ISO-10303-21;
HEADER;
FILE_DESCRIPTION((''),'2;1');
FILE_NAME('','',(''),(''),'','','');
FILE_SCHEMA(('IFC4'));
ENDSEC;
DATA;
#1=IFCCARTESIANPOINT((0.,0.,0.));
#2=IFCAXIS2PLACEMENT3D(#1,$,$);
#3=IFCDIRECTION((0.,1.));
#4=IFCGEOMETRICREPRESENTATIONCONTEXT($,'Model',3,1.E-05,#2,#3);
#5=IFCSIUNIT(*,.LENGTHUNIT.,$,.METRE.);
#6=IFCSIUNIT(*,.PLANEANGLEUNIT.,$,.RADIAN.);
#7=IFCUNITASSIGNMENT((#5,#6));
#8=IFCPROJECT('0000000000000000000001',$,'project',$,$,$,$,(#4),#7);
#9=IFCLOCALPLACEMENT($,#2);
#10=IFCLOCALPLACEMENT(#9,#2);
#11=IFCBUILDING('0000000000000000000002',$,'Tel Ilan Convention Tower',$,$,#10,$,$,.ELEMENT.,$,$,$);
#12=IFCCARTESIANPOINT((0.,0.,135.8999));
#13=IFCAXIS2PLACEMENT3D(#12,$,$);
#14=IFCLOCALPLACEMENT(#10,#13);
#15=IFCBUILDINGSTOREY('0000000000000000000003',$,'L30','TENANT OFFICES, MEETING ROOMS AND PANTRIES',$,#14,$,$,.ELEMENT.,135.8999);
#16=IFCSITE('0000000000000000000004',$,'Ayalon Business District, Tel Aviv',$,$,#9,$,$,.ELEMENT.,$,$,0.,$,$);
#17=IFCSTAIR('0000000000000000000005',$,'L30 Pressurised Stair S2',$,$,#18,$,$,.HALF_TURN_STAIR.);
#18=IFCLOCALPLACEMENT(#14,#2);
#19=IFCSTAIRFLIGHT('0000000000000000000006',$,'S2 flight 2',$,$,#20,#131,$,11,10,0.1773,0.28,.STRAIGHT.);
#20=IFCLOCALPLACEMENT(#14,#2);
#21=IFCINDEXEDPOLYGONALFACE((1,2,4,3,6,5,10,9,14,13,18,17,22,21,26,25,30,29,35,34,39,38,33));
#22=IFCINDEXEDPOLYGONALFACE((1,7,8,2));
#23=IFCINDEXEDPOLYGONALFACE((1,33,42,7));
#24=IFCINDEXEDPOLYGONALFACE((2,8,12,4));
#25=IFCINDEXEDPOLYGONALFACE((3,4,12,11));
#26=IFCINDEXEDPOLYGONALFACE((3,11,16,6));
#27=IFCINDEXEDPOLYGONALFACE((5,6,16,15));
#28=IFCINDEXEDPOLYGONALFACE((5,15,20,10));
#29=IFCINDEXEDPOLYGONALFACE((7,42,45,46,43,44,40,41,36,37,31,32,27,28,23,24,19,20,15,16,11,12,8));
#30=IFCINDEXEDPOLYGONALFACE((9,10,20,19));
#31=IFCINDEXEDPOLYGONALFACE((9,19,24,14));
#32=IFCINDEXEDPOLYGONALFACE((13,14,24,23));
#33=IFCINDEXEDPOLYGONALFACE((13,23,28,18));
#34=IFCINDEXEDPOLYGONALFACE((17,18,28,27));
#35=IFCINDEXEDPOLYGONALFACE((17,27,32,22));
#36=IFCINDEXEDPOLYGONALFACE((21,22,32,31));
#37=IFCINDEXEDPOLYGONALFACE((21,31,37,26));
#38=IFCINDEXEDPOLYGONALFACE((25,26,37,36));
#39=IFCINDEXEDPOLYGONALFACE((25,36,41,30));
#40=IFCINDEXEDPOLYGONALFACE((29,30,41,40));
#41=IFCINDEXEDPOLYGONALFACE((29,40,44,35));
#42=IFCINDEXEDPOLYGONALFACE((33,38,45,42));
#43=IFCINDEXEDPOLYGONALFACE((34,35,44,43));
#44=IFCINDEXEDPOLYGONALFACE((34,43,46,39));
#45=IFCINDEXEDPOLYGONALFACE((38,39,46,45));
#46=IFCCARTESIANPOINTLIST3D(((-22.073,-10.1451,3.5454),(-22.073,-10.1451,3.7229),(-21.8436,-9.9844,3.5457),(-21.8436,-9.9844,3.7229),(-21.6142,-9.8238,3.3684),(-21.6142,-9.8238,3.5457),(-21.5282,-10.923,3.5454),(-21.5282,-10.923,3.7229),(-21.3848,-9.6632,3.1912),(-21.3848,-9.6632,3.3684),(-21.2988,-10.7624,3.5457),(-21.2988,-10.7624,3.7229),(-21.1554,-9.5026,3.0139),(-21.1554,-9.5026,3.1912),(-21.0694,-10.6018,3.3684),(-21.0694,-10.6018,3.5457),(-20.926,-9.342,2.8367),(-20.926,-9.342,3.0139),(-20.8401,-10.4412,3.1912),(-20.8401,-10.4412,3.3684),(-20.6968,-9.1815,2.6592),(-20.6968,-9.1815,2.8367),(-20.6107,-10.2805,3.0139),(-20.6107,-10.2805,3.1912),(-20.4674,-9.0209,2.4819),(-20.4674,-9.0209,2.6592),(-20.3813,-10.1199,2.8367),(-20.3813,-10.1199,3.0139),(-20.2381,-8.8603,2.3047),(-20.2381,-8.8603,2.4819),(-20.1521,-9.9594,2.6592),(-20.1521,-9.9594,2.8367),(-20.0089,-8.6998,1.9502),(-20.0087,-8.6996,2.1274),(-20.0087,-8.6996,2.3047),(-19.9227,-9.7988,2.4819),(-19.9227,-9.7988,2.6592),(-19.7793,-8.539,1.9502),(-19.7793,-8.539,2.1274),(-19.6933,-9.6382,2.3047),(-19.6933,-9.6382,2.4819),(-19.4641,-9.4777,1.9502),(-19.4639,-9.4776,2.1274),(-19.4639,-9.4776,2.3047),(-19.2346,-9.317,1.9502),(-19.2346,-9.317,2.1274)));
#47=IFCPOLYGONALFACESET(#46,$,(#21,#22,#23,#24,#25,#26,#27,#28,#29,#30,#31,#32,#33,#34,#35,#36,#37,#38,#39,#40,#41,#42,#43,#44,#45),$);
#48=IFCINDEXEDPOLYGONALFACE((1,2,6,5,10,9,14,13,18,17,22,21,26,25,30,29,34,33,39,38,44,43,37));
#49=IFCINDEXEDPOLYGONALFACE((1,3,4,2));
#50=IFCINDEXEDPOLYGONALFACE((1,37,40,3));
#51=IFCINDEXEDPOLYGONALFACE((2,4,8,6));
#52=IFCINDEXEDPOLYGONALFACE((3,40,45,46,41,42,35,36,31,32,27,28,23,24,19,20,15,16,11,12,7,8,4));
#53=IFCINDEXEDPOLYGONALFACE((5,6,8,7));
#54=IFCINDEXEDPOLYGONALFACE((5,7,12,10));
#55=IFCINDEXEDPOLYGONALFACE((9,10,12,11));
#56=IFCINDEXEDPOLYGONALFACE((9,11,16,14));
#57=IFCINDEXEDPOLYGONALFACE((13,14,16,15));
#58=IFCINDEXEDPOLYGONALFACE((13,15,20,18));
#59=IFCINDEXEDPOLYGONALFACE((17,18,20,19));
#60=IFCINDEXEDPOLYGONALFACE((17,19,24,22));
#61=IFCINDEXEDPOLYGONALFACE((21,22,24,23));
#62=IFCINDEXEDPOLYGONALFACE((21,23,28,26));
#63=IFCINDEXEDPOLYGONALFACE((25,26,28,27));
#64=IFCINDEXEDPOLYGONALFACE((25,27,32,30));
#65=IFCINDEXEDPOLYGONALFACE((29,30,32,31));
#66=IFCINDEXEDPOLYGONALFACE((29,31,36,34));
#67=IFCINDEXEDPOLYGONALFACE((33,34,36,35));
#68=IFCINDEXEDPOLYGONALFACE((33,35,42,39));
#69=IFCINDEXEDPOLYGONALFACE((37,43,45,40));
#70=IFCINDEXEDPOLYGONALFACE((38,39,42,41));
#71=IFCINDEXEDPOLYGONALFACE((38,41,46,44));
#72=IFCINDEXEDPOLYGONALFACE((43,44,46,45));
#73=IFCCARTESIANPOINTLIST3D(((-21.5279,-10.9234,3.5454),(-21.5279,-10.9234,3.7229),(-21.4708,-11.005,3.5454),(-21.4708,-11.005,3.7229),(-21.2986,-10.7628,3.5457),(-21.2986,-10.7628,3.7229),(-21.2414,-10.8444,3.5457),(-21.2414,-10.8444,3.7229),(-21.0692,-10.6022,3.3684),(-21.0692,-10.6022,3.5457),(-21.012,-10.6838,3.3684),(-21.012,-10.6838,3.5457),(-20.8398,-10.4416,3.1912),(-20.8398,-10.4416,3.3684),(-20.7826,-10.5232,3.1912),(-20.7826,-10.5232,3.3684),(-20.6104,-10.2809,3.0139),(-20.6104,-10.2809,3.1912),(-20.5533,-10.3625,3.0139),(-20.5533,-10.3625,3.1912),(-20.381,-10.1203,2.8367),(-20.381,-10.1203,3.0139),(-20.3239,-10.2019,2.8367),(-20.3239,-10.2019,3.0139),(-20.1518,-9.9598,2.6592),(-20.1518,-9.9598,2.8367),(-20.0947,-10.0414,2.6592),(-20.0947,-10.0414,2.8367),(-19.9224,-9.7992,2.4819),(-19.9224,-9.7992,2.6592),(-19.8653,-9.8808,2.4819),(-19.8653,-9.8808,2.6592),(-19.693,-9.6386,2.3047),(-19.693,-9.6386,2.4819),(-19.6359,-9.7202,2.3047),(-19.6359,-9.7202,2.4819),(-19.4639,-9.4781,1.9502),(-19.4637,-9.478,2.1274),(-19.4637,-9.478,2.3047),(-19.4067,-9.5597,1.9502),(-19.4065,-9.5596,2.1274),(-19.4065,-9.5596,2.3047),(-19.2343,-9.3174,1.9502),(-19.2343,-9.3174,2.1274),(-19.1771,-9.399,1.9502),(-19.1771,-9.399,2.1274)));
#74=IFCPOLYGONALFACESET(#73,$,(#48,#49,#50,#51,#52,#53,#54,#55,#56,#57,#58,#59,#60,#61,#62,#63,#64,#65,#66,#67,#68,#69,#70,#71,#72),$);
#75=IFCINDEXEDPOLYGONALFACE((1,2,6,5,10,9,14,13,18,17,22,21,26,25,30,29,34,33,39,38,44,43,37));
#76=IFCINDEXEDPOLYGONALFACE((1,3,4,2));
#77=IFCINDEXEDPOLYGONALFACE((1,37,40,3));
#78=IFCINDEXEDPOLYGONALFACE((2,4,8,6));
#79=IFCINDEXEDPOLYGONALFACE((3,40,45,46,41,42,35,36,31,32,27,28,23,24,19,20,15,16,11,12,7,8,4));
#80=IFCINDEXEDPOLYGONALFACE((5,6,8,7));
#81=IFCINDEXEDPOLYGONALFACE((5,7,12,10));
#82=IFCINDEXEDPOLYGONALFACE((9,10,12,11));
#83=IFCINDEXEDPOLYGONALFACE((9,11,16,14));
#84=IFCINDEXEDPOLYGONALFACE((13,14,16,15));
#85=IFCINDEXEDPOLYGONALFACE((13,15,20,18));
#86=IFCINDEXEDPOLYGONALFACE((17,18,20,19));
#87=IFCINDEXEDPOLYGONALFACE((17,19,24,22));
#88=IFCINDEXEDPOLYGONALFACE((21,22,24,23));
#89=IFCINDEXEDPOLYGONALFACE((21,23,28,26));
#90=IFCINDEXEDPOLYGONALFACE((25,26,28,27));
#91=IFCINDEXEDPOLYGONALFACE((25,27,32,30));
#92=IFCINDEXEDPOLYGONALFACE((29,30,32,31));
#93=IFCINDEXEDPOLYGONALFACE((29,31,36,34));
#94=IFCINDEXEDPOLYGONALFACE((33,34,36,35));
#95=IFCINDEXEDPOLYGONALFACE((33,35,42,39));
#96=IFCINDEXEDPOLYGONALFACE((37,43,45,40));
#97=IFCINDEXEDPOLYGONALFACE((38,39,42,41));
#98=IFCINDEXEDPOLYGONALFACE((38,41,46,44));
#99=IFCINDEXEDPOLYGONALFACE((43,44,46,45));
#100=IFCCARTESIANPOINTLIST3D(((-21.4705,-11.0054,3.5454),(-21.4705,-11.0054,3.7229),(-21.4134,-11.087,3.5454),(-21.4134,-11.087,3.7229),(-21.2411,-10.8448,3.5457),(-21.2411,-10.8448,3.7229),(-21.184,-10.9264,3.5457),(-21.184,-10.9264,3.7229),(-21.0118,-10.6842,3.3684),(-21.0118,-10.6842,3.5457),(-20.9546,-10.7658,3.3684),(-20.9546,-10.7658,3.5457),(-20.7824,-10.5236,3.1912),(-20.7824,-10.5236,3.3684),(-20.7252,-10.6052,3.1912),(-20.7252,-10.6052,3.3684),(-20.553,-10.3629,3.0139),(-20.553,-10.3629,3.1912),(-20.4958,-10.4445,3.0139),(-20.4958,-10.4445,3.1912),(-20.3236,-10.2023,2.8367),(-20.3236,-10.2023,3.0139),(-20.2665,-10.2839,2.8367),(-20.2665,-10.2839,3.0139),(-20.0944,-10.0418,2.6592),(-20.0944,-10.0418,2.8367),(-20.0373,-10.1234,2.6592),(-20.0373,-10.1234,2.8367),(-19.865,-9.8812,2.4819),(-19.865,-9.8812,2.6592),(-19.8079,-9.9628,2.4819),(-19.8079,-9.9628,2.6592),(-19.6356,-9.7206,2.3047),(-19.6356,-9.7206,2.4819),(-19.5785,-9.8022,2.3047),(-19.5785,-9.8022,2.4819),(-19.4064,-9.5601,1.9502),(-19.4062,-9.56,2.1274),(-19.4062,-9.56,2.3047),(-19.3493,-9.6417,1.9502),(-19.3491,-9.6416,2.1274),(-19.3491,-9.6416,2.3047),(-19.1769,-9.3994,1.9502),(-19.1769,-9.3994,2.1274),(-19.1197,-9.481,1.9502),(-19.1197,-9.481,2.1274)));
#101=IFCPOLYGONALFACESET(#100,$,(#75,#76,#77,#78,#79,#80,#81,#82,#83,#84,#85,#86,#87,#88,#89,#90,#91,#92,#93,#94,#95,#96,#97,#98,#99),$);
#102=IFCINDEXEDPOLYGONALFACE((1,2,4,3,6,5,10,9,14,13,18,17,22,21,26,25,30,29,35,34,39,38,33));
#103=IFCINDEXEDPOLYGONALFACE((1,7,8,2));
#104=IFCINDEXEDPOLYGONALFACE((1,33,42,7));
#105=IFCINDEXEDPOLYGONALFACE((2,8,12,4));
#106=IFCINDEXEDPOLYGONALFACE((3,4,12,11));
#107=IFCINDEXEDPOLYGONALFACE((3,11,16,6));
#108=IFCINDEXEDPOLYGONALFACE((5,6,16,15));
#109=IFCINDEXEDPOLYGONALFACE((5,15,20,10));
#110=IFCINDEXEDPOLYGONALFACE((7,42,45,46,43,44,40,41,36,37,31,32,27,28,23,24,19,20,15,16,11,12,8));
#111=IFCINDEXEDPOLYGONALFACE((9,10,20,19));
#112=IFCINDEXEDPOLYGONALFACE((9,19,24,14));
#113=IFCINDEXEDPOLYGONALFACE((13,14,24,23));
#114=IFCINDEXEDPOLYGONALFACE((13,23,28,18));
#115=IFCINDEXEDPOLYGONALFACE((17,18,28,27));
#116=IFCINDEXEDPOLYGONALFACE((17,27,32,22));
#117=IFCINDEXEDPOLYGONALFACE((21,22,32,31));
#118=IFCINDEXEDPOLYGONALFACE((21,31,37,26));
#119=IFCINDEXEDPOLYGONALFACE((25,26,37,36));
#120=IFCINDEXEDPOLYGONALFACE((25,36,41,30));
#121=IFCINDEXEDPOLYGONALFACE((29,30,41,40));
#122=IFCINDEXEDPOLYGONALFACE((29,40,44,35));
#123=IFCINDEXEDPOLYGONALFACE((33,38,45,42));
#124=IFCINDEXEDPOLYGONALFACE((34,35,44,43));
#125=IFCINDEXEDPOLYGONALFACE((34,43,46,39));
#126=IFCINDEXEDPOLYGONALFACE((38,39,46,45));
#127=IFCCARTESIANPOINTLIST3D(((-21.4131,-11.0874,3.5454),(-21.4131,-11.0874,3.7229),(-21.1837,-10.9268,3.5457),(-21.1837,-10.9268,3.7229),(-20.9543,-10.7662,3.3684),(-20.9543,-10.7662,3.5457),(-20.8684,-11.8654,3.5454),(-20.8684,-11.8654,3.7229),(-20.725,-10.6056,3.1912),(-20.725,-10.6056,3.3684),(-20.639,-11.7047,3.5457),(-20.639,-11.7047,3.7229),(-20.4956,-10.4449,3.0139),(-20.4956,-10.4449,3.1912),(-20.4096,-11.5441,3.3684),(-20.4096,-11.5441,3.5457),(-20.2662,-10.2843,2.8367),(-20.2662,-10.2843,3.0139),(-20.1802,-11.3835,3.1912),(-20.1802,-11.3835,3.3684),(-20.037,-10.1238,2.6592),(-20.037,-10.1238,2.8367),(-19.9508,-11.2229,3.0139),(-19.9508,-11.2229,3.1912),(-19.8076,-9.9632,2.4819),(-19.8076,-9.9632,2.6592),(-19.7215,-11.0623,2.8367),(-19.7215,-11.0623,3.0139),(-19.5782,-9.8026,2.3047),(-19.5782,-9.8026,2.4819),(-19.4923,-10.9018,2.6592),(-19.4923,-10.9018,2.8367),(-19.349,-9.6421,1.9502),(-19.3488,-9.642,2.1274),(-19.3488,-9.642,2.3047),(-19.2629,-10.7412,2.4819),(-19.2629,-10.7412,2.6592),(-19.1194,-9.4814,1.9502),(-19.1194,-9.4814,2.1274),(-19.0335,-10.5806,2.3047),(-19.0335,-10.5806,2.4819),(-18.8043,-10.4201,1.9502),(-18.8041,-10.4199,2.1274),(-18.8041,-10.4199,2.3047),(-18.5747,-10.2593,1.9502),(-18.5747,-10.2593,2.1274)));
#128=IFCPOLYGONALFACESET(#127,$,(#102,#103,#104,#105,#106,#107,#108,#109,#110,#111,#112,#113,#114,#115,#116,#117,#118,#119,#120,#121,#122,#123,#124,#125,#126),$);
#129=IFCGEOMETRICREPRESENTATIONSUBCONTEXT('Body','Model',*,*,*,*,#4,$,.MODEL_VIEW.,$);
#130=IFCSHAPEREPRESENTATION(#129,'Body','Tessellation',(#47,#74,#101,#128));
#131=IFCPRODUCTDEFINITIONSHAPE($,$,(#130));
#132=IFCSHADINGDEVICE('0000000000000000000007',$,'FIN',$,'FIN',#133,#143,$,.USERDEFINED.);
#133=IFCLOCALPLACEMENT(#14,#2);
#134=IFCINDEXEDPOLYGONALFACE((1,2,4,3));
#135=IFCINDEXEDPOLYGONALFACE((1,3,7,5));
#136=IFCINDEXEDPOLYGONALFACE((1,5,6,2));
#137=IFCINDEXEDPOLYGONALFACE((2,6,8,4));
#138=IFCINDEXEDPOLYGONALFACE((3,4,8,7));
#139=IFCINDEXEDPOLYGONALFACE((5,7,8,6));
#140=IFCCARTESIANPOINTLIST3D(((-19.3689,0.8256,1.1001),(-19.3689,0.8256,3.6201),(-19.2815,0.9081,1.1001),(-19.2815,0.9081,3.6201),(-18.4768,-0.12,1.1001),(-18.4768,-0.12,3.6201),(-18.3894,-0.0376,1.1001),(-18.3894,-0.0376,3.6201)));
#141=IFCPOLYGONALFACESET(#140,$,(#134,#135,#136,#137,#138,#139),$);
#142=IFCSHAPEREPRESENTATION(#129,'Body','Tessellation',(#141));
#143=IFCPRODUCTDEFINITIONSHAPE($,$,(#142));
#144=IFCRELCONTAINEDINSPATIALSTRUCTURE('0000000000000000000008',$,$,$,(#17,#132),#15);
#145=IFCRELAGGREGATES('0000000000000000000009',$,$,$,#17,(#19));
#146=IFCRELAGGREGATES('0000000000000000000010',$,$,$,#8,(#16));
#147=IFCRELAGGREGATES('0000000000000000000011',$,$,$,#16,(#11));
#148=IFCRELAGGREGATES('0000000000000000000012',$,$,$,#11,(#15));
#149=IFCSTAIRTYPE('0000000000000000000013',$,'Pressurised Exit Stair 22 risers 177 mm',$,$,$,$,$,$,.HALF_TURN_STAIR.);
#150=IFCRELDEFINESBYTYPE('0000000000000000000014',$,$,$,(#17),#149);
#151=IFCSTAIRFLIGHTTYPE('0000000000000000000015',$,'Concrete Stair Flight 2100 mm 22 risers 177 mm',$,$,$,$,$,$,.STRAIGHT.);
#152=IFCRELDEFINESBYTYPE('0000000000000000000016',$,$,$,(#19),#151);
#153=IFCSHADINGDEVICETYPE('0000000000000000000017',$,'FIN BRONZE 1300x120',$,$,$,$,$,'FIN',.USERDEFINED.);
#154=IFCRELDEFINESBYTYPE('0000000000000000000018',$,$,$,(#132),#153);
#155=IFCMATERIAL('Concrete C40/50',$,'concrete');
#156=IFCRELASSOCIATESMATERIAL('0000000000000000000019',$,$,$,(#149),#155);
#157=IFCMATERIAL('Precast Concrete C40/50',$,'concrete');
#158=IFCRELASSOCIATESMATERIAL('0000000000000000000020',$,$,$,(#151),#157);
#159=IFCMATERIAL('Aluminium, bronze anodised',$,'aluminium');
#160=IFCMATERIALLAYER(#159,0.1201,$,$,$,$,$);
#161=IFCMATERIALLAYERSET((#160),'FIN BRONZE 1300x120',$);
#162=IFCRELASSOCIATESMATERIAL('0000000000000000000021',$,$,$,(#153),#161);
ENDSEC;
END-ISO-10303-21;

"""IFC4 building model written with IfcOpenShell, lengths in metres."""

from ifc_helpers import new_model, si_unit, direction, frame, origin, origin_2d, place, context, subcontext, project, spatial, polyline, rectangle, outline, extrude, material, layer, layer_set, type_object, element, aggregate, save


model = new_model("IFC4")

# Units and contexts
model_context = context("Model", 3, precision=1e-05, world=origin(), true_north=direction((0.0, 1.0)))
body_context = subcontext(model_context, "Body", "Model", "MODEL_VIEW")
ifc_project = project(units=[si_unit("LENGTHUNIT", "METRE"), si_unit("PLANEANGLEUNIT", "RADIAN")], contexts=[model_context])

# Site, building, storey
site_placement = place(None, origin())
site = spatial("IfcSite", under=ifc_project, at=site_placement, Name="Ayalon Business District, Tel Aviv", CompositionType="ELEMENT", RefElevation=0.0)
building_placement = place(site_placement, origin())
building = spatial("IfcBuilding", under=site, at=building_placement, Name="Tel Ilan Convention Tower", CompositionType="ELEMENT")
storey_placement = place(building_placement, frame((0.0, 0.0, 135.8999)))
storey = spatial("IfcBuildingStorey", under=building, at=storey_placement, Name="L30", Description="TENANT OFFICES, MEETING ROOMS AND PANTRIES", CompositionType="ELEMENT", Elevation=135.8999)

# Stair, stair flight
ifc_material_1 = material(Name="Concrete C40/50", Category="concrete")
stair_type = type_object("IfcStairType", Name="Pressurised Exit Stair 22 risers 177 mm", PredefinedType="HALF_TURN_STAIR", material=ifc_material_1)
ifc_material_2 = material(Name="Precast Concrete C40/50", Category="concrete")
stair_flight_type = type_object("IfcStairFlightType", Name="Concrete Stair Flight 2100 mm 22 risers 177 mm", PredefinedType="STRAIGHT", material=ifc_material_2)
stair_1_placement = place(storey_placement, origin())
stair_1 = element("IfcStair", 1, at=stair_1_placement, inside=storey, type_object=stair_type, Name="L30 Pressurised Stair S2", PredefinedType="HALF_TURN_STAIR")
stair_flight_1_placement = place(storey_placement, frame((-19.177, -9.3992, 1.9502), z_axis=(0.0, 0.0, 1.0), x_axis=(-0.819152, -0.573576, 0.0)))
stair_flight_1 = element("IfcStairFlight", 2, at=stair_flight_1_placement, type_object=stair_flight_type, Name="S2 flight 2", NumberOfRisers=11, NumberOfTreads=10, PredefinedType="STRAIGHT", RiserHeight=0.1773, TreadLength=0.28, context=body_context, shape_type="SweptSolid", body=[
    extrude(outline(polyline([(0.0, 0.0), (0.0, 0.1772), (0.28, 0.1772), (0.28, 0.3545), (0.5601, 0.3545), (0.5601, 0.5317), (0.8401, 0.5317), (0.8401, 0.709), (1.1201, 0.709), (1.1201, 0.8865), (1.3999, 0.8865), (1.3999, 1.0637), (1.6799, 1.0637), (1.6799, 1.241), (1.96, 1.241), (1.96, 1.4182), (2.24, 1.4182), (2.24, 1.5955), (2.52, 1.5955), (2.52, 1.7727), (2.8, 1.7727), (2.8, 1.95), (2.8, 1.5952), (0.2803, 0.0), (0.0, 0.0)])), frame((0.0, -0.1003, 0.0), z_axis=(0.0, -1.0, 0.0), x_axis=(1.0, 0.0, 0.0)), (0.0, 0.0, 1.0), 0.9497),
    extrude(outline(polyline([(0.0, 0.0), (0.0, 0.1772), (0.28, 0.1772), (0.28, 0.3545), (0.5601, 0.3545), (0.5601, 0.5317), (0.8401, 0.5317), (0.8401, 0.709), (1.1201, 0.709), (1.1201, 0.8865), (1.3999, 0.8865), (1.3999, 1.0637), (1.6799, 1.0637), (1.6799, 1.241), (1.96, 1.241), (1.96, 1.4182), (2.24, 1.4182), (2.24, 1.5955), (2.52, 1.5955), (2.52, 1.7727), (2.8, 1.7727), (2.8, 1.95), (2.8, 1.5952), (0.2803, 0.0), (0.0, 0.0)])), frame((0.0, -0.0002, 0.0), z_axis=(0.0, -1.0, 0.0), x_axis=(1.0, 0.0, 0.0)), (0.0, 0.0, 1.0), 0.0996),
    extrude(outline(polyline([(0.0, 0.0), (0.0, 0.1772), (0.28, 0.1772), (0.28, 0.3545), (0.5601, 0.3545), (0.5601, 0.5317), (0.8401, 0.5317), (0.8401, 0.709), (1.1201, 0.709), (1.1201, 0.8865), (1.3999, 0.8865), (1.3999, 1.0637), (1.6799, 1.0637), (1.6799, 1.241), (1.96, 1.241), (1.96, 1.4182), (2.24, 1.4182), (2.24, 1.5955), (2.52, 1.5955), (2.52, 1.7727), (2.8, 1.7727), (2.8, 1.95), (2.8, 1.5952), (0.2803, 0.0), (0.0, 0.0)])), frame((0.0, 0.0999, 0.0), z_axis=(0.0, -1.0, 0.0), x_axis=(1.0, 0.0, 0.0)), (0.0, 0.0, 1.0), 0.0996),
    extrude(outline(polyline([(0.0, 0.0), (0.0, 0.1772), (0.28, 0.1772), (0.28, 0.3545), (0.5601, 0.3545), (0.5601, 0.5317), (0.8401, 0.5317), (0.8401, 0.709), (1.1201, 0.709), (1.1201, 0.8865), (1.3999, 0.8865), (1.3999, 1.0637), (1.6799, 1.0637), (1.6799, 1.241), (1.96, 1.241), (1.96, 1.4182), (2.24, 1.4182), (2.24, 1.5955), (2.52, 1.5955), (2.52, 1.7727), (2.8, 1.7727), (2.8, 1.95), (2.8, 1.5952), (0.2803, 0.0), (0.0, 0.0)])), frame((0.0, 1.05, 0.0), z_axis=(0.0, -1.0, 0.0), x_axis=(1.0, 0.0, 0.0)), (0.0, 0.0, 1.0), 0.9497),
])
aggregate(stair_1, [stair_flight_1])

# Shading device
ifc_material_3 = material(Name="Aluminium, bronze anodised", Category="aluminium")
ifc_layer_1 = layer(ifc_material_3, 0.1201)
ifc_layer_set_1 = layer_set([ifc_layer_1], Name="FIN BRONZE 1300x120")
shading_device_type = type_object("IfcShadingDeviceType", Name="FIN BRONZE 1300x120", ElementType="FIN", PredefinedType="USERDEFINED", material=ifc_layer_set_1)
shading_device_placement = place(storey_placement, frame((-18.8792, 0.394, 1.1001), z_axis=(0.0, 0.0, 1.0), x_axis=(-0.686242, 0.727374, 0.0)))
element("IfcShadingDevice", 3, at=shading_device_placement, inside=storey, type_object=shading_device_type, Name="FIN", ObjectType="FIN", PredefinedType="USERDEFINED", context=body_context, shape_type="SweptSolid", body=[
    extrude(rectangle(XDim=1.3, YDim=0.1201, at=origin_2d()), origin(), (0.0, 0.0, 1.0), 2.52),
])

save(model, "model.ifc")
